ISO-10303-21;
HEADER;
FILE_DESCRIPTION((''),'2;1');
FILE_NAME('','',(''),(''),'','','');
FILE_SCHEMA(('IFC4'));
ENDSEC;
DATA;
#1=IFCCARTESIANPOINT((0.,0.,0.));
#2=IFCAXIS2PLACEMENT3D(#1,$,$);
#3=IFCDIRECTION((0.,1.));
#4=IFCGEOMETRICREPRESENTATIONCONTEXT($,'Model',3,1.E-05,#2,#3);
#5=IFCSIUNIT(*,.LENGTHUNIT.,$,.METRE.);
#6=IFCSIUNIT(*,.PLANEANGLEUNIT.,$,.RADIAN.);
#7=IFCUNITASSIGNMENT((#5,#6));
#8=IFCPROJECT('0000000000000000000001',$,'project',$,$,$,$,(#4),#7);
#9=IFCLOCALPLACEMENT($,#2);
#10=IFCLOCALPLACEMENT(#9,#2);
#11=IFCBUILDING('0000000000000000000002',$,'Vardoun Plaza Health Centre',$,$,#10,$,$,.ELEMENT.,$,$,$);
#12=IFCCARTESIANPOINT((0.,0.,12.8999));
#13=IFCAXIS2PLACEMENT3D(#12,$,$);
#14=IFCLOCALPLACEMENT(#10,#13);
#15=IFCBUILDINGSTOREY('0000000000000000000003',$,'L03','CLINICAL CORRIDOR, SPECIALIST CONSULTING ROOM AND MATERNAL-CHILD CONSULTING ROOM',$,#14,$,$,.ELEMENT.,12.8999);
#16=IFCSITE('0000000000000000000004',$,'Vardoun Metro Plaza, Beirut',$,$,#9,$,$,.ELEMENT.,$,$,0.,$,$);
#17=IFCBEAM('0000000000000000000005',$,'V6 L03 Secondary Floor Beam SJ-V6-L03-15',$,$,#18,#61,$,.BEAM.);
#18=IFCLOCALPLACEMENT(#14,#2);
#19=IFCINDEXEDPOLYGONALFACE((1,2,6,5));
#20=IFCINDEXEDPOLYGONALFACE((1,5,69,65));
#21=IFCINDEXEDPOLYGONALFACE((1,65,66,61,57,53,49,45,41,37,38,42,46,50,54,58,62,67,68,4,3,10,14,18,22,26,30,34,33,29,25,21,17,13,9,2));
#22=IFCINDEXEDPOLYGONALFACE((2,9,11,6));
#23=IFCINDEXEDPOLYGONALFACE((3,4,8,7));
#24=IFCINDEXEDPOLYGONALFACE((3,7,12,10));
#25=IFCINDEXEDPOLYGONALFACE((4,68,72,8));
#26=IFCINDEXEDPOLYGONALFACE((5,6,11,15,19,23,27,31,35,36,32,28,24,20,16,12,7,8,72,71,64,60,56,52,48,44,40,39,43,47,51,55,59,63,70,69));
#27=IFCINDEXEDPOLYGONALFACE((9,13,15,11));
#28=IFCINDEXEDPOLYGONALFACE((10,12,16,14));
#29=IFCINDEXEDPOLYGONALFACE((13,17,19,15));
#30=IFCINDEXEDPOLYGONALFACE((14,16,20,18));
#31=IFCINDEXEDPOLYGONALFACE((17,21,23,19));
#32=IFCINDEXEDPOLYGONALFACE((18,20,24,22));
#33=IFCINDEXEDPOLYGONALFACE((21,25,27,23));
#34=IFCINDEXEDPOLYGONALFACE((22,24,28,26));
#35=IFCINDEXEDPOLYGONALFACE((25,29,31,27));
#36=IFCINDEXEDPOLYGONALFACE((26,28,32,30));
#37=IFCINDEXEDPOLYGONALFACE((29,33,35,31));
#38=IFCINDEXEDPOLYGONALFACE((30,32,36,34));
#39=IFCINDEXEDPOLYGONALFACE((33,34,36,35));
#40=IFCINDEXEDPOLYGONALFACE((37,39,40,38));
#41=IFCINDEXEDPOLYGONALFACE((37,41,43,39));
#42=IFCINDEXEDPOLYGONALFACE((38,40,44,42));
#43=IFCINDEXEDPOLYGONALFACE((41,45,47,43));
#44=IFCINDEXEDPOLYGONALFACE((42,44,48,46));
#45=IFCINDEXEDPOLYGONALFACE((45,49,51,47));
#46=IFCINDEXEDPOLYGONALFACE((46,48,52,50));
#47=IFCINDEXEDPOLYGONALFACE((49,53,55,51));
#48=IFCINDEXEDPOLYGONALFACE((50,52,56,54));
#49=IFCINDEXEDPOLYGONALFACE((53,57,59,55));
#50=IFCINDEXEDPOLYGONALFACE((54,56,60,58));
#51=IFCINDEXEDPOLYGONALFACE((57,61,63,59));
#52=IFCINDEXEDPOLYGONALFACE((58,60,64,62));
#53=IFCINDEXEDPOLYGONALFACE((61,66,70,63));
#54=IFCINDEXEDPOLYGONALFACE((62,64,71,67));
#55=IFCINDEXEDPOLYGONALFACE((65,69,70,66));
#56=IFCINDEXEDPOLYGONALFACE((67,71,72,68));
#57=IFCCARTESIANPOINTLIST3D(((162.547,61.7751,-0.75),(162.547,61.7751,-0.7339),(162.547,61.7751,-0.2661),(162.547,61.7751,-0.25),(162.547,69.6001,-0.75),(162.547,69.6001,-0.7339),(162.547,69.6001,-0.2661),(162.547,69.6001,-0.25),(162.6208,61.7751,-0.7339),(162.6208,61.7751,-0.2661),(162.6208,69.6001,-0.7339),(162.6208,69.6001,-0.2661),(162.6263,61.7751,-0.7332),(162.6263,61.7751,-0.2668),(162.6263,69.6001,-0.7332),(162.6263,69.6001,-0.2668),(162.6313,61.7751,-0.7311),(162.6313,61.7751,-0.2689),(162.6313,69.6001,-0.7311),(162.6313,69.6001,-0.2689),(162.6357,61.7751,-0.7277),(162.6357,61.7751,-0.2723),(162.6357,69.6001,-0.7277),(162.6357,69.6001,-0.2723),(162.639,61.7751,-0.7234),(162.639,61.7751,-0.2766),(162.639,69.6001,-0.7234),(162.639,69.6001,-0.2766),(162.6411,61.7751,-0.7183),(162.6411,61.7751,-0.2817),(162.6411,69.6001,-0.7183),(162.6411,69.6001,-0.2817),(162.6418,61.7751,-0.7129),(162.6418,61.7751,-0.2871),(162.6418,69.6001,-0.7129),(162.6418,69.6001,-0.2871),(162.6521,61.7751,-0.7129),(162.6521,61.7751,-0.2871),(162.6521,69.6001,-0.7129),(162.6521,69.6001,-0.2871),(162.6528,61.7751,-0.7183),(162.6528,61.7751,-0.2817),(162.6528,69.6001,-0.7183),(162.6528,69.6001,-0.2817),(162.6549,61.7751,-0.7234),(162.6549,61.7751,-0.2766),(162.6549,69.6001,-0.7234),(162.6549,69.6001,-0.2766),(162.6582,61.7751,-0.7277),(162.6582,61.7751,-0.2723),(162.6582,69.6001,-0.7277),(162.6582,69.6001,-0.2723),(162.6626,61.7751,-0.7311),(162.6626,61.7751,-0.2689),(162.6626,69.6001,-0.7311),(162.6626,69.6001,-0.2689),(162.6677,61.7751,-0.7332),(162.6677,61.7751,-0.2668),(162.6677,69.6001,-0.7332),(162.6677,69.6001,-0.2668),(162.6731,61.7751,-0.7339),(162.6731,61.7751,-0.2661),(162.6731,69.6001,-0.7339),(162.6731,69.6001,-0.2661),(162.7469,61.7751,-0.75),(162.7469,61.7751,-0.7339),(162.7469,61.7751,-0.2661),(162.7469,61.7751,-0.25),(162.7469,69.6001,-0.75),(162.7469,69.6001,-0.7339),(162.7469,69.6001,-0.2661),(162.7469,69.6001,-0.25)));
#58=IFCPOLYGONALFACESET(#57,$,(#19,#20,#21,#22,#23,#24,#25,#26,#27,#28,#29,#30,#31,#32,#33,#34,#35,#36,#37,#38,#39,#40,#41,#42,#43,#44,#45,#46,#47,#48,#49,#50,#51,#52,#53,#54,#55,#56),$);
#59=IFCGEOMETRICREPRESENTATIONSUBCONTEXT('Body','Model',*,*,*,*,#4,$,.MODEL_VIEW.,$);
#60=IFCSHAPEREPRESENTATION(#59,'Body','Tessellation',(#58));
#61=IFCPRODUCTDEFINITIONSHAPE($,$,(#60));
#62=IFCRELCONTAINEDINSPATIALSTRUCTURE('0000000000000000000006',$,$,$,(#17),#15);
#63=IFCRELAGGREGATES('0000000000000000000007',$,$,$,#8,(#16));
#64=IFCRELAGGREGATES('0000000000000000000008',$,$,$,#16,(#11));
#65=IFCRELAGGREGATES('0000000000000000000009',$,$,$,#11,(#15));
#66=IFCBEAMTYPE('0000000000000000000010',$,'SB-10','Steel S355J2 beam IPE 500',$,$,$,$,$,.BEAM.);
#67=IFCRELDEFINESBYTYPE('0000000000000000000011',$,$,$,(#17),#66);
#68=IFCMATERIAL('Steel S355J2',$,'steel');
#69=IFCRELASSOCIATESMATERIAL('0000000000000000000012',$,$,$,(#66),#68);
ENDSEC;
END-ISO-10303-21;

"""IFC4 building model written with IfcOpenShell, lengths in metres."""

from ifc_helpers import new_model, si_unit, direction, frame, origin, origin_2d, place, context, subcontext, project, spatial, i_section, extrude, material, material_profile, profile_set, type_object, element, save


model = new_model("IFC4")

# Units and contexts
model_context = context("Model", 3, precision=1e-05, world=origin(), true_north=direction((0.0, 1.0)))
body_context = subcontext(model_context, "Body", "Model", "MODEL_VIEW")
ifc_project = project(units=[si_unit("LENGTHUNIT", "METRE"), si_unit("PLANEANGLEUNIT", "RADIAN")], contexts=[model_context])

# Site, building, storey
site_placement = place(None, origin())
site = spatial("IfcSite", under=ifc_project, at=site_placement, Name="Vardoun Metro Plaza, Beirut", CompositionType="ELEMENT", RefElevation=0.0)
building_placement = place(site_placement, origin())
building = spatial("IfcBuilding", under=site, at=building_placement, Name="Vardoun Plaza Health Centre", CompositionType="ELEMENT")
storey_placement = place(building_placement, frame((0.0, 0.0, 12.8999)))
storey = spatial("IfcBuildingStorey", under=building, at=storey_placement, Name="L03", Description="CLINICAL CORRIDOR, SPECIALIST CONSULTING ROOM AND MATERNAL-CHILD CONSULTING ROOM", CompositionType="ELEMENT", Elevation=12.8999)

# Beam
ifc_material_1 = material(Name="Steel S355J2", Category="steel")
ifc_material_profile_1 = material_profile(ifc_material_1, i_section(OverallWidth=0.2, OverallDepth=0.5, WebThickness=0.0103, FlangeThickness=0.0161, FilletRadius=0.021, at=origin_2d()), Name="IPE 500")
ifc_profile_set_1 = profile_set([ifc_material_profile_1], Name="Steel S355J2")
beam_type_1 = type_object("IfcBeamType", Name="SB-10", Description="Steel S355J2 beam IPE 500", PredefinedType="BEAM", material=ifc_profile_set_1)
beam_1_placement = place(storey_placement, frame((162.647, 61.7751, -0.5), z_axis=(0.0, 1.0, 0.0), x_axis=(-1.0, 0.0, 0.0)))
element("IfcBeam", 1, at=beam_1_placement, inside=storey, type_object=beam_type_1, Name="V6 L03 Secondary Floor Beam SJ-V6-L03-15", PredefinedType="BEAM", context=body_context, shape_type="SweptSolid", body=[
    extrude(i_section(OverallWidth=0.2, OverallDepth=0.5, WebThickness=0.0103, FlangeThickness=0.0161, FilletRadius=0.021, at=origin_2d()), origin(), (0.0, 0.0, 1.0), 7.825),
])

save(model, "model.ifc")
